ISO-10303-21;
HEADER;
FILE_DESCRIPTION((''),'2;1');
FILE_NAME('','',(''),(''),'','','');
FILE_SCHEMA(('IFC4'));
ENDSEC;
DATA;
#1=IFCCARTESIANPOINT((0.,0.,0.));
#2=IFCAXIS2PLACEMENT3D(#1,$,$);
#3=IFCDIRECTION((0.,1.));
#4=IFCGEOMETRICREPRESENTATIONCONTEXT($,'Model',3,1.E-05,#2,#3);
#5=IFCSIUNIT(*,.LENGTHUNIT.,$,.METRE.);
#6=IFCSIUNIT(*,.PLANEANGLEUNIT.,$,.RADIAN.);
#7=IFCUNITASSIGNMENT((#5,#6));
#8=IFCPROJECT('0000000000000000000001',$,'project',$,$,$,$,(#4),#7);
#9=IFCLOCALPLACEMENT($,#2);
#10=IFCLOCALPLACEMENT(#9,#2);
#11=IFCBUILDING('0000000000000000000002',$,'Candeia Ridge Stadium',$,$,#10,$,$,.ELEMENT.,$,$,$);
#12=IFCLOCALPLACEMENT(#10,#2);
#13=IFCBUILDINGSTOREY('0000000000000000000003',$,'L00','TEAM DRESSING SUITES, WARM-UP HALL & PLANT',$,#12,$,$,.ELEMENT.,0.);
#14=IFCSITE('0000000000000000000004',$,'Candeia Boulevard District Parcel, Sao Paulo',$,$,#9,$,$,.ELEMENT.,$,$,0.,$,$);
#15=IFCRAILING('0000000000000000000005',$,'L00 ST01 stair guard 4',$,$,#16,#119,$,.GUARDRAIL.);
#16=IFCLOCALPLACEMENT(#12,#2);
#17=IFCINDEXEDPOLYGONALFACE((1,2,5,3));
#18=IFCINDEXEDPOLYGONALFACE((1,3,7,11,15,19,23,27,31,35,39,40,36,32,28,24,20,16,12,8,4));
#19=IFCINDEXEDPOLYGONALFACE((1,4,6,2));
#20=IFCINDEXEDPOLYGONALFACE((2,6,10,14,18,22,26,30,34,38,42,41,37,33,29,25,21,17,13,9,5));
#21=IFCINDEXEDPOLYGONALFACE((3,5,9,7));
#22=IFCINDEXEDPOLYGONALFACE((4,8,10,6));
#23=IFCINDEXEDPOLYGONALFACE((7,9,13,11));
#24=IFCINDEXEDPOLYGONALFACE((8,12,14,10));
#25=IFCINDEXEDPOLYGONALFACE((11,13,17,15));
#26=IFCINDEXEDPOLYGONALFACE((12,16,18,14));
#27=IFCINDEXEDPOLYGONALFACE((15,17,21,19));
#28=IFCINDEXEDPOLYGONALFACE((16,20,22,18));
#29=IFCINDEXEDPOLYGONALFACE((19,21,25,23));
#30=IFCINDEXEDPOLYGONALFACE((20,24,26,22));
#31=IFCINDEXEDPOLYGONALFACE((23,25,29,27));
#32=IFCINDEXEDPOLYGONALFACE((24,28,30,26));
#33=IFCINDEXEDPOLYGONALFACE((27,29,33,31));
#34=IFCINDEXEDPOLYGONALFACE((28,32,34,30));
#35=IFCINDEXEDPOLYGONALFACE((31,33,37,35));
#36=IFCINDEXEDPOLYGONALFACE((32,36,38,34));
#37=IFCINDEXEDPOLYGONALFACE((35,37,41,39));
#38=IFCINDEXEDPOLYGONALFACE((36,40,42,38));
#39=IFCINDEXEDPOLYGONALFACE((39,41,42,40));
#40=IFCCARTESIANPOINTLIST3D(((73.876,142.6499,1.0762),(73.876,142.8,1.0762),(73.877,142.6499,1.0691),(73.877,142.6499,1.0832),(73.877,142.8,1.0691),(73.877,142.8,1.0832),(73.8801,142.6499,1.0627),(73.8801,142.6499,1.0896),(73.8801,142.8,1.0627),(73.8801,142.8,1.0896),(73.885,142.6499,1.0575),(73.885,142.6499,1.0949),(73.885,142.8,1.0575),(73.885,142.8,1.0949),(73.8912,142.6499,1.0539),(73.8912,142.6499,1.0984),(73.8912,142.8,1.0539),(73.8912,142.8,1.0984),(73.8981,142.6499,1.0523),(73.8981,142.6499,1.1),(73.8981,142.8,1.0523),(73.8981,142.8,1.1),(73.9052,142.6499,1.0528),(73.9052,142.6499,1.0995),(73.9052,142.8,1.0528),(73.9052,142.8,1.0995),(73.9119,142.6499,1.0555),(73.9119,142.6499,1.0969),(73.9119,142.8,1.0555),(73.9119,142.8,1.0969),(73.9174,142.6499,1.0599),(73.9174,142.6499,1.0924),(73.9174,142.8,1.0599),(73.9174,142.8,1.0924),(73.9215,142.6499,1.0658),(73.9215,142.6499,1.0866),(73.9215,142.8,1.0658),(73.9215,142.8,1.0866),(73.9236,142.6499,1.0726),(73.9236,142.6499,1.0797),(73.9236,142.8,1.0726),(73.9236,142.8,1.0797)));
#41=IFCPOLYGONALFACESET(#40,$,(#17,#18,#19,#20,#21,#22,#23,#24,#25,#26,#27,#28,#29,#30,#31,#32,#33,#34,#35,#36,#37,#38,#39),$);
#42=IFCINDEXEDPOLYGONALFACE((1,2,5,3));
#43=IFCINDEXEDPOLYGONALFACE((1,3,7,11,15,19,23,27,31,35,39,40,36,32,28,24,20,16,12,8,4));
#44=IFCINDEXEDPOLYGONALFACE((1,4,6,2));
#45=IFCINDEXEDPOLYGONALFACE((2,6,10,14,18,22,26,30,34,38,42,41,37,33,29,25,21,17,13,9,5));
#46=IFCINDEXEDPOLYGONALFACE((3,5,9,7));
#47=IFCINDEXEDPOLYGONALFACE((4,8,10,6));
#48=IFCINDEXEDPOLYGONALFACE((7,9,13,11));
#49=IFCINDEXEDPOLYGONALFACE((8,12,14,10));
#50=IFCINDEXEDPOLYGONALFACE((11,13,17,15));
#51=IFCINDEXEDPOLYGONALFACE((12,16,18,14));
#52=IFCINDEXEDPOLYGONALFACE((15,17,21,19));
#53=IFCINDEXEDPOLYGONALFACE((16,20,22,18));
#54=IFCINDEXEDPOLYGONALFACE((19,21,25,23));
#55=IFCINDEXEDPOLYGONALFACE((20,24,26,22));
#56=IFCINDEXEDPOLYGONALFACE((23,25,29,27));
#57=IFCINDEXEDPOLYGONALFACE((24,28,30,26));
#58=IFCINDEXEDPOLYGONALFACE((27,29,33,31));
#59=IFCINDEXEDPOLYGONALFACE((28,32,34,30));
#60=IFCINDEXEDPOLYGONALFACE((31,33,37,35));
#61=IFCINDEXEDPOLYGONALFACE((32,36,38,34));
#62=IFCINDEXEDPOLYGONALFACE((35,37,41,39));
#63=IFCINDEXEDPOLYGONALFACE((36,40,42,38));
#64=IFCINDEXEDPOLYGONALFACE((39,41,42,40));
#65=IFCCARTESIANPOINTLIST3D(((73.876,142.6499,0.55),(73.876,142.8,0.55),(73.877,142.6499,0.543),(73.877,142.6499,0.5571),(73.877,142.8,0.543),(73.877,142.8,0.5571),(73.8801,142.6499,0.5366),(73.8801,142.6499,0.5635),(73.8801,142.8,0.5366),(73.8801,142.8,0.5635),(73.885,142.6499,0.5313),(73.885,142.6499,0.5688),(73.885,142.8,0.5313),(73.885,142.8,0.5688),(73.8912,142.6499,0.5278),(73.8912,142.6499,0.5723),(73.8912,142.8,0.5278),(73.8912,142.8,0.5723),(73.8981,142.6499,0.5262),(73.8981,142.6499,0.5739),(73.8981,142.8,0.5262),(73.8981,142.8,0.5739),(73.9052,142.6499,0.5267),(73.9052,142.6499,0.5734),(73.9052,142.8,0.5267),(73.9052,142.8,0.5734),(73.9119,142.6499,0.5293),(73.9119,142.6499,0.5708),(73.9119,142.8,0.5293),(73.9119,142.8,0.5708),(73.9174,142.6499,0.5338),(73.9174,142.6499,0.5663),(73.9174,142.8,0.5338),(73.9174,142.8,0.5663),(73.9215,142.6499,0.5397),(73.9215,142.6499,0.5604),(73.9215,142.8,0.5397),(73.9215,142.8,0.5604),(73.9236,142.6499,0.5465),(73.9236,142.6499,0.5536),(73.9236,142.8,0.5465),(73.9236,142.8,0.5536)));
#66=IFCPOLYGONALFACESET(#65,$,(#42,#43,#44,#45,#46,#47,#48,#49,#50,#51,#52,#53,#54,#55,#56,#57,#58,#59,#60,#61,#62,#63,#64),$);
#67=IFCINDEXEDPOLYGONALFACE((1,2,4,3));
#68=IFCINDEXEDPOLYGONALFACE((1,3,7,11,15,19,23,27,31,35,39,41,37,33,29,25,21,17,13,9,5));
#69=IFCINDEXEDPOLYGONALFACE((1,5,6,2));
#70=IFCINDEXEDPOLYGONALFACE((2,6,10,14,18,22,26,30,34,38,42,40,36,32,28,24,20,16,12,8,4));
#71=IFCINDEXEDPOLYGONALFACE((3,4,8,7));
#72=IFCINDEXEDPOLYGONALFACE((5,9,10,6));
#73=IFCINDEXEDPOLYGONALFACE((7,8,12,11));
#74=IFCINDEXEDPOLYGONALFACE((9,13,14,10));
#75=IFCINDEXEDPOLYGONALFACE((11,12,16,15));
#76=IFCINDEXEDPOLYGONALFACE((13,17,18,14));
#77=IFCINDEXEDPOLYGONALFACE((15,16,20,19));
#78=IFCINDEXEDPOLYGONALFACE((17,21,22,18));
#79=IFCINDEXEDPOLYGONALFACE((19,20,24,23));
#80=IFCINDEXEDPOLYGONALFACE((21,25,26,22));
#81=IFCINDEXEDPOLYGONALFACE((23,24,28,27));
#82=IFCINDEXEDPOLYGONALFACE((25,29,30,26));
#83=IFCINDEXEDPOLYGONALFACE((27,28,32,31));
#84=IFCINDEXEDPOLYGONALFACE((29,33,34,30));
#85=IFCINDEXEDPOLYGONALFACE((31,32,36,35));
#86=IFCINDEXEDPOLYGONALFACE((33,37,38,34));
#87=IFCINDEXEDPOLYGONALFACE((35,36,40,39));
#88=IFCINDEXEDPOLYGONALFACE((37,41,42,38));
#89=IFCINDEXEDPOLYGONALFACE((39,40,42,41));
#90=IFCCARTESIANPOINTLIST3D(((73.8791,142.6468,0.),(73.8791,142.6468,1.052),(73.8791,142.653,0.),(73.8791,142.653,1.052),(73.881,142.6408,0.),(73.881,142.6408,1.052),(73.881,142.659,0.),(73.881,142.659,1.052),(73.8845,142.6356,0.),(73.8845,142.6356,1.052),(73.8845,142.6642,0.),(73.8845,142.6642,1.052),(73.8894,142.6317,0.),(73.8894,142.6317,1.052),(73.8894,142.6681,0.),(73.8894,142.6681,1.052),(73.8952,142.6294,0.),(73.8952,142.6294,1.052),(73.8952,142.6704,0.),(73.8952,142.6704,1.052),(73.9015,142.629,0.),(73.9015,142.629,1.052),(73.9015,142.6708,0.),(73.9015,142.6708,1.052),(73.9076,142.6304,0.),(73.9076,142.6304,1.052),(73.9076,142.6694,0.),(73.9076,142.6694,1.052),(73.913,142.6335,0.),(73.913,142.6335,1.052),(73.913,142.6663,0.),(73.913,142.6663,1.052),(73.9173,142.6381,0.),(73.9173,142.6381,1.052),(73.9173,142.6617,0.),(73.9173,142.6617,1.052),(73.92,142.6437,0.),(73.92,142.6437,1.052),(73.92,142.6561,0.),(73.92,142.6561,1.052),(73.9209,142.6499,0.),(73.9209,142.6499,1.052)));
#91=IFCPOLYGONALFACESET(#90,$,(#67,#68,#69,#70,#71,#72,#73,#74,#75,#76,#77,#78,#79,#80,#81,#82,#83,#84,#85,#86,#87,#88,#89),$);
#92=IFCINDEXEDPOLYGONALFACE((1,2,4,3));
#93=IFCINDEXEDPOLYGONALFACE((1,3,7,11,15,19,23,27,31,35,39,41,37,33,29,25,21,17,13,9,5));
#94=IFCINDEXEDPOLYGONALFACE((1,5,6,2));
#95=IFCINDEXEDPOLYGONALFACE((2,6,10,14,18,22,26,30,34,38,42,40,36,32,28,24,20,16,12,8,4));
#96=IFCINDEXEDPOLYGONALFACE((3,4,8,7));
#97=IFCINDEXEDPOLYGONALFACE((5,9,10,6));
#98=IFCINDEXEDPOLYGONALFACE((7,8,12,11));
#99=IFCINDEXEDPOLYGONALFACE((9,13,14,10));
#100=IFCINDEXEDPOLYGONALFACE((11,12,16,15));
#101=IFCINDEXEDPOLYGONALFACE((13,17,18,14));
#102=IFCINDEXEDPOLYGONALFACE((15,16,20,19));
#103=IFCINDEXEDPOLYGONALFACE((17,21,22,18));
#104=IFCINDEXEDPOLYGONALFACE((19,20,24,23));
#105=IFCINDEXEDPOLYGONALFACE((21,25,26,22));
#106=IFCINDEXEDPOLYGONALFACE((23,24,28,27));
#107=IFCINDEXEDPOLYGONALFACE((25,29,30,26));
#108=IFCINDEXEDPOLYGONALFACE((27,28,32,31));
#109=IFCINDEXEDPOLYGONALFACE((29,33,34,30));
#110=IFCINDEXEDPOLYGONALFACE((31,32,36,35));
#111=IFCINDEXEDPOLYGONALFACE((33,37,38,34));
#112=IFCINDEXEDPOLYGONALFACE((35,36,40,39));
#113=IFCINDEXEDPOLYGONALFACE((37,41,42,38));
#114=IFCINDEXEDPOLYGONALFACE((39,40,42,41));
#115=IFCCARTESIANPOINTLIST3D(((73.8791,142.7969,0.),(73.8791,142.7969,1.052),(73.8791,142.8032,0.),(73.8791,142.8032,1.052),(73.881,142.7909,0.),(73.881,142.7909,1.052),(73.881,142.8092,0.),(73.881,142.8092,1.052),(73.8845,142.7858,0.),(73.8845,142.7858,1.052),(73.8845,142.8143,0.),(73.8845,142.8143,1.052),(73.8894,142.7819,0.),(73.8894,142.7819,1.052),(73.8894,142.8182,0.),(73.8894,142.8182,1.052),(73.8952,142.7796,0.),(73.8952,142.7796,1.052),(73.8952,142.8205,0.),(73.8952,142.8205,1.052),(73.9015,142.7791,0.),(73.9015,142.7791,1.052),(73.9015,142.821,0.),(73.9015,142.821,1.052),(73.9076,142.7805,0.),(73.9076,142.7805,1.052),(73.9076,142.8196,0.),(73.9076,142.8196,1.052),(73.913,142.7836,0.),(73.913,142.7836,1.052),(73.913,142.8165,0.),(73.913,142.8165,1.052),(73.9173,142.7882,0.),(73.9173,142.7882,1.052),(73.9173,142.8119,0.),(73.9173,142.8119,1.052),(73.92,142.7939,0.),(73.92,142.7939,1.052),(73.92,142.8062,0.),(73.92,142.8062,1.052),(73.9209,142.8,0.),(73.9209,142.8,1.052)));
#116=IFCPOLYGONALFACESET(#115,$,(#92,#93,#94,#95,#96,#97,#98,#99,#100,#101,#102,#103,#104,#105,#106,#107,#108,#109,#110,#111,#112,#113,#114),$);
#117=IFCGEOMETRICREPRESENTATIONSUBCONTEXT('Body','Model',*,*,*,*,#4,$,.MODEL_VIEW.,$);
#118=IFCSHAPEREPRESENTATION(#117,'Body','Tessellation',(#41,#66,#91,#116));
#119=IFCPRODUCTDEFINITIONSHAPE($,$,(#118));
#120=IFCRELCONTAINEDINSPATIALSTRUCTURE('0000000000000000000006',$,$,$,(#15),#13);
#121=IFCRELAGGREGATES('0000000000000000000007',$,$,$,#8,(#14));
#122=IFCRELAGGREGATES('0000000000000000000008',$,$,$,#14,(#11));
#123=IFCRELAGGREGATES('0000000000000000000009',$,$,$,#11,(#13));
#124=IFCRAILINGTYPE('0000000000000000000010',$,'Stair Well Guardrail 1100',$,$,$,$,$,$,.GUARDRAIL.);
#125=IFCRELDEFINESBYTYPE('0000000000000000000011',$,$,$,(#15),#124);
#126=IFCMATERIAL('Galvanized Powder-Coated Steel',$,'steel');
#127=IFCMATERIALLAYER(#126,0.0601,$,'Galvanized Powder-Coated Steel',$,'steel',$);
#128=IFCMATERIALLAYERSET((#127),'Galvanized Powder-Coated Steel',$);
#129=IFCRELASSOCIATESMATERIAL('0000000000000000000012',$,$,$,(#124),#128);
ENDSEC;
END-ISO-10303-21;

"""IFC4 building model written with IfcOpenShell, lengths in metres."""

from ifc_helpers import new_model, si_unit, direction, frame, origin, origin_2d, place, context, subcontext, project, spatial, circle, extrude, material, layer, layer_set, type_object, element, save


model = new_model("IFC4")

# Units and contexts
model_context = context("Model", 3, precision=1e-05, world=origin(), true_north=direction((0.0, 1.0)))
body_context = subcontext(model_context, "Body", "Model", "MODEL_VIEW")
ifc_project = project(units=[si_unit("LENGTHUNIT", "METRE"), si_unit("PLANEANGLEUNIT", "RADIAN")], contexts=[model_context])

# Site, building, storey
site_placement = place(None, origin())
site = spatial("IfcSite", under=ifc_project, at=site_placement, Name="Candeia Boulevard District Parcel, Sao Paulo", CompositionType="ELEMENT", RefElevation=0.0)
building_placement = place(site_placement, origin())
building = spatial("IfcBuilding", under=site, at=building_placement, Name="Candeia Ridge Stadium", CompositionType="ELEMENT")
storey_placement = place(building_placement, origin())
storey = spatial("IfcBuildingStorey", under=building, at=storey_placement, Name="L00", Description="TEAM DRESSING SUITES, WARM-UP HALL & PLANT", CompositionType="ELEMENT", Elevation=0.0)

# Railing
ifc_material_1 = material(Name="Galvanized Powder-Coated Steel", Category="steel")
ifc_layer_1 = layer(ifc_material_1, 0.0601, Name="Galvanized Powder-Coated Steel", Category="steel")
ifc_layer_set_1 = layer_set([ifc_layer_1], Name="Galvanized Powder-Coated Steel")
railing_type_1 = type_object("IfcRailingType", Name="Stair Well Guardrail 1100", PredefinedType="GUARDRAIL", material=ifc_layer_set_1)
railing_1_placement = place(storey_placement, frame((73.8999, 142.6499, 0.0)))
element("IfcRailing", 1, at=railing_1_placement, inside=storey, type_object=railing_type_1, Name="L00 ST01 stair guard 4", PredefinedType="GUARDRAIL", context=body_context, shape_type="SweptSolid", body=[
    extrude(circle(Radius=0.0239, at=origin_2d()), frame((0.0, 0.0, 1.0762), z_axis=(0.0, 1.0, 0.0), x_axis=(-1.0, 0.0, 0.0)), (0.0, 0.0, 1.0), 0.1501),
    extrude(circle(Radius=0.0239, at=origin_2d()), frame((0.0, 0.0, 0.55), z_axis=(0.0, 1.0, 0.0), x_axis=(-1.0, 0.0, 0.0)), (0.0, 0.0, 1.0), 0.1501),
    extrude(circle(Radius=0.021, at=origin_2d()), origin(), (0.0, 0.0, 1.0), 1.052),
    extrude(circle(Radius=0.021, at=origin_2d()), frame((0.0, 0.1501, 0.0)), (0.0, 0.0, 1.0), 1.052),
])

save(model, "model.ifc")
